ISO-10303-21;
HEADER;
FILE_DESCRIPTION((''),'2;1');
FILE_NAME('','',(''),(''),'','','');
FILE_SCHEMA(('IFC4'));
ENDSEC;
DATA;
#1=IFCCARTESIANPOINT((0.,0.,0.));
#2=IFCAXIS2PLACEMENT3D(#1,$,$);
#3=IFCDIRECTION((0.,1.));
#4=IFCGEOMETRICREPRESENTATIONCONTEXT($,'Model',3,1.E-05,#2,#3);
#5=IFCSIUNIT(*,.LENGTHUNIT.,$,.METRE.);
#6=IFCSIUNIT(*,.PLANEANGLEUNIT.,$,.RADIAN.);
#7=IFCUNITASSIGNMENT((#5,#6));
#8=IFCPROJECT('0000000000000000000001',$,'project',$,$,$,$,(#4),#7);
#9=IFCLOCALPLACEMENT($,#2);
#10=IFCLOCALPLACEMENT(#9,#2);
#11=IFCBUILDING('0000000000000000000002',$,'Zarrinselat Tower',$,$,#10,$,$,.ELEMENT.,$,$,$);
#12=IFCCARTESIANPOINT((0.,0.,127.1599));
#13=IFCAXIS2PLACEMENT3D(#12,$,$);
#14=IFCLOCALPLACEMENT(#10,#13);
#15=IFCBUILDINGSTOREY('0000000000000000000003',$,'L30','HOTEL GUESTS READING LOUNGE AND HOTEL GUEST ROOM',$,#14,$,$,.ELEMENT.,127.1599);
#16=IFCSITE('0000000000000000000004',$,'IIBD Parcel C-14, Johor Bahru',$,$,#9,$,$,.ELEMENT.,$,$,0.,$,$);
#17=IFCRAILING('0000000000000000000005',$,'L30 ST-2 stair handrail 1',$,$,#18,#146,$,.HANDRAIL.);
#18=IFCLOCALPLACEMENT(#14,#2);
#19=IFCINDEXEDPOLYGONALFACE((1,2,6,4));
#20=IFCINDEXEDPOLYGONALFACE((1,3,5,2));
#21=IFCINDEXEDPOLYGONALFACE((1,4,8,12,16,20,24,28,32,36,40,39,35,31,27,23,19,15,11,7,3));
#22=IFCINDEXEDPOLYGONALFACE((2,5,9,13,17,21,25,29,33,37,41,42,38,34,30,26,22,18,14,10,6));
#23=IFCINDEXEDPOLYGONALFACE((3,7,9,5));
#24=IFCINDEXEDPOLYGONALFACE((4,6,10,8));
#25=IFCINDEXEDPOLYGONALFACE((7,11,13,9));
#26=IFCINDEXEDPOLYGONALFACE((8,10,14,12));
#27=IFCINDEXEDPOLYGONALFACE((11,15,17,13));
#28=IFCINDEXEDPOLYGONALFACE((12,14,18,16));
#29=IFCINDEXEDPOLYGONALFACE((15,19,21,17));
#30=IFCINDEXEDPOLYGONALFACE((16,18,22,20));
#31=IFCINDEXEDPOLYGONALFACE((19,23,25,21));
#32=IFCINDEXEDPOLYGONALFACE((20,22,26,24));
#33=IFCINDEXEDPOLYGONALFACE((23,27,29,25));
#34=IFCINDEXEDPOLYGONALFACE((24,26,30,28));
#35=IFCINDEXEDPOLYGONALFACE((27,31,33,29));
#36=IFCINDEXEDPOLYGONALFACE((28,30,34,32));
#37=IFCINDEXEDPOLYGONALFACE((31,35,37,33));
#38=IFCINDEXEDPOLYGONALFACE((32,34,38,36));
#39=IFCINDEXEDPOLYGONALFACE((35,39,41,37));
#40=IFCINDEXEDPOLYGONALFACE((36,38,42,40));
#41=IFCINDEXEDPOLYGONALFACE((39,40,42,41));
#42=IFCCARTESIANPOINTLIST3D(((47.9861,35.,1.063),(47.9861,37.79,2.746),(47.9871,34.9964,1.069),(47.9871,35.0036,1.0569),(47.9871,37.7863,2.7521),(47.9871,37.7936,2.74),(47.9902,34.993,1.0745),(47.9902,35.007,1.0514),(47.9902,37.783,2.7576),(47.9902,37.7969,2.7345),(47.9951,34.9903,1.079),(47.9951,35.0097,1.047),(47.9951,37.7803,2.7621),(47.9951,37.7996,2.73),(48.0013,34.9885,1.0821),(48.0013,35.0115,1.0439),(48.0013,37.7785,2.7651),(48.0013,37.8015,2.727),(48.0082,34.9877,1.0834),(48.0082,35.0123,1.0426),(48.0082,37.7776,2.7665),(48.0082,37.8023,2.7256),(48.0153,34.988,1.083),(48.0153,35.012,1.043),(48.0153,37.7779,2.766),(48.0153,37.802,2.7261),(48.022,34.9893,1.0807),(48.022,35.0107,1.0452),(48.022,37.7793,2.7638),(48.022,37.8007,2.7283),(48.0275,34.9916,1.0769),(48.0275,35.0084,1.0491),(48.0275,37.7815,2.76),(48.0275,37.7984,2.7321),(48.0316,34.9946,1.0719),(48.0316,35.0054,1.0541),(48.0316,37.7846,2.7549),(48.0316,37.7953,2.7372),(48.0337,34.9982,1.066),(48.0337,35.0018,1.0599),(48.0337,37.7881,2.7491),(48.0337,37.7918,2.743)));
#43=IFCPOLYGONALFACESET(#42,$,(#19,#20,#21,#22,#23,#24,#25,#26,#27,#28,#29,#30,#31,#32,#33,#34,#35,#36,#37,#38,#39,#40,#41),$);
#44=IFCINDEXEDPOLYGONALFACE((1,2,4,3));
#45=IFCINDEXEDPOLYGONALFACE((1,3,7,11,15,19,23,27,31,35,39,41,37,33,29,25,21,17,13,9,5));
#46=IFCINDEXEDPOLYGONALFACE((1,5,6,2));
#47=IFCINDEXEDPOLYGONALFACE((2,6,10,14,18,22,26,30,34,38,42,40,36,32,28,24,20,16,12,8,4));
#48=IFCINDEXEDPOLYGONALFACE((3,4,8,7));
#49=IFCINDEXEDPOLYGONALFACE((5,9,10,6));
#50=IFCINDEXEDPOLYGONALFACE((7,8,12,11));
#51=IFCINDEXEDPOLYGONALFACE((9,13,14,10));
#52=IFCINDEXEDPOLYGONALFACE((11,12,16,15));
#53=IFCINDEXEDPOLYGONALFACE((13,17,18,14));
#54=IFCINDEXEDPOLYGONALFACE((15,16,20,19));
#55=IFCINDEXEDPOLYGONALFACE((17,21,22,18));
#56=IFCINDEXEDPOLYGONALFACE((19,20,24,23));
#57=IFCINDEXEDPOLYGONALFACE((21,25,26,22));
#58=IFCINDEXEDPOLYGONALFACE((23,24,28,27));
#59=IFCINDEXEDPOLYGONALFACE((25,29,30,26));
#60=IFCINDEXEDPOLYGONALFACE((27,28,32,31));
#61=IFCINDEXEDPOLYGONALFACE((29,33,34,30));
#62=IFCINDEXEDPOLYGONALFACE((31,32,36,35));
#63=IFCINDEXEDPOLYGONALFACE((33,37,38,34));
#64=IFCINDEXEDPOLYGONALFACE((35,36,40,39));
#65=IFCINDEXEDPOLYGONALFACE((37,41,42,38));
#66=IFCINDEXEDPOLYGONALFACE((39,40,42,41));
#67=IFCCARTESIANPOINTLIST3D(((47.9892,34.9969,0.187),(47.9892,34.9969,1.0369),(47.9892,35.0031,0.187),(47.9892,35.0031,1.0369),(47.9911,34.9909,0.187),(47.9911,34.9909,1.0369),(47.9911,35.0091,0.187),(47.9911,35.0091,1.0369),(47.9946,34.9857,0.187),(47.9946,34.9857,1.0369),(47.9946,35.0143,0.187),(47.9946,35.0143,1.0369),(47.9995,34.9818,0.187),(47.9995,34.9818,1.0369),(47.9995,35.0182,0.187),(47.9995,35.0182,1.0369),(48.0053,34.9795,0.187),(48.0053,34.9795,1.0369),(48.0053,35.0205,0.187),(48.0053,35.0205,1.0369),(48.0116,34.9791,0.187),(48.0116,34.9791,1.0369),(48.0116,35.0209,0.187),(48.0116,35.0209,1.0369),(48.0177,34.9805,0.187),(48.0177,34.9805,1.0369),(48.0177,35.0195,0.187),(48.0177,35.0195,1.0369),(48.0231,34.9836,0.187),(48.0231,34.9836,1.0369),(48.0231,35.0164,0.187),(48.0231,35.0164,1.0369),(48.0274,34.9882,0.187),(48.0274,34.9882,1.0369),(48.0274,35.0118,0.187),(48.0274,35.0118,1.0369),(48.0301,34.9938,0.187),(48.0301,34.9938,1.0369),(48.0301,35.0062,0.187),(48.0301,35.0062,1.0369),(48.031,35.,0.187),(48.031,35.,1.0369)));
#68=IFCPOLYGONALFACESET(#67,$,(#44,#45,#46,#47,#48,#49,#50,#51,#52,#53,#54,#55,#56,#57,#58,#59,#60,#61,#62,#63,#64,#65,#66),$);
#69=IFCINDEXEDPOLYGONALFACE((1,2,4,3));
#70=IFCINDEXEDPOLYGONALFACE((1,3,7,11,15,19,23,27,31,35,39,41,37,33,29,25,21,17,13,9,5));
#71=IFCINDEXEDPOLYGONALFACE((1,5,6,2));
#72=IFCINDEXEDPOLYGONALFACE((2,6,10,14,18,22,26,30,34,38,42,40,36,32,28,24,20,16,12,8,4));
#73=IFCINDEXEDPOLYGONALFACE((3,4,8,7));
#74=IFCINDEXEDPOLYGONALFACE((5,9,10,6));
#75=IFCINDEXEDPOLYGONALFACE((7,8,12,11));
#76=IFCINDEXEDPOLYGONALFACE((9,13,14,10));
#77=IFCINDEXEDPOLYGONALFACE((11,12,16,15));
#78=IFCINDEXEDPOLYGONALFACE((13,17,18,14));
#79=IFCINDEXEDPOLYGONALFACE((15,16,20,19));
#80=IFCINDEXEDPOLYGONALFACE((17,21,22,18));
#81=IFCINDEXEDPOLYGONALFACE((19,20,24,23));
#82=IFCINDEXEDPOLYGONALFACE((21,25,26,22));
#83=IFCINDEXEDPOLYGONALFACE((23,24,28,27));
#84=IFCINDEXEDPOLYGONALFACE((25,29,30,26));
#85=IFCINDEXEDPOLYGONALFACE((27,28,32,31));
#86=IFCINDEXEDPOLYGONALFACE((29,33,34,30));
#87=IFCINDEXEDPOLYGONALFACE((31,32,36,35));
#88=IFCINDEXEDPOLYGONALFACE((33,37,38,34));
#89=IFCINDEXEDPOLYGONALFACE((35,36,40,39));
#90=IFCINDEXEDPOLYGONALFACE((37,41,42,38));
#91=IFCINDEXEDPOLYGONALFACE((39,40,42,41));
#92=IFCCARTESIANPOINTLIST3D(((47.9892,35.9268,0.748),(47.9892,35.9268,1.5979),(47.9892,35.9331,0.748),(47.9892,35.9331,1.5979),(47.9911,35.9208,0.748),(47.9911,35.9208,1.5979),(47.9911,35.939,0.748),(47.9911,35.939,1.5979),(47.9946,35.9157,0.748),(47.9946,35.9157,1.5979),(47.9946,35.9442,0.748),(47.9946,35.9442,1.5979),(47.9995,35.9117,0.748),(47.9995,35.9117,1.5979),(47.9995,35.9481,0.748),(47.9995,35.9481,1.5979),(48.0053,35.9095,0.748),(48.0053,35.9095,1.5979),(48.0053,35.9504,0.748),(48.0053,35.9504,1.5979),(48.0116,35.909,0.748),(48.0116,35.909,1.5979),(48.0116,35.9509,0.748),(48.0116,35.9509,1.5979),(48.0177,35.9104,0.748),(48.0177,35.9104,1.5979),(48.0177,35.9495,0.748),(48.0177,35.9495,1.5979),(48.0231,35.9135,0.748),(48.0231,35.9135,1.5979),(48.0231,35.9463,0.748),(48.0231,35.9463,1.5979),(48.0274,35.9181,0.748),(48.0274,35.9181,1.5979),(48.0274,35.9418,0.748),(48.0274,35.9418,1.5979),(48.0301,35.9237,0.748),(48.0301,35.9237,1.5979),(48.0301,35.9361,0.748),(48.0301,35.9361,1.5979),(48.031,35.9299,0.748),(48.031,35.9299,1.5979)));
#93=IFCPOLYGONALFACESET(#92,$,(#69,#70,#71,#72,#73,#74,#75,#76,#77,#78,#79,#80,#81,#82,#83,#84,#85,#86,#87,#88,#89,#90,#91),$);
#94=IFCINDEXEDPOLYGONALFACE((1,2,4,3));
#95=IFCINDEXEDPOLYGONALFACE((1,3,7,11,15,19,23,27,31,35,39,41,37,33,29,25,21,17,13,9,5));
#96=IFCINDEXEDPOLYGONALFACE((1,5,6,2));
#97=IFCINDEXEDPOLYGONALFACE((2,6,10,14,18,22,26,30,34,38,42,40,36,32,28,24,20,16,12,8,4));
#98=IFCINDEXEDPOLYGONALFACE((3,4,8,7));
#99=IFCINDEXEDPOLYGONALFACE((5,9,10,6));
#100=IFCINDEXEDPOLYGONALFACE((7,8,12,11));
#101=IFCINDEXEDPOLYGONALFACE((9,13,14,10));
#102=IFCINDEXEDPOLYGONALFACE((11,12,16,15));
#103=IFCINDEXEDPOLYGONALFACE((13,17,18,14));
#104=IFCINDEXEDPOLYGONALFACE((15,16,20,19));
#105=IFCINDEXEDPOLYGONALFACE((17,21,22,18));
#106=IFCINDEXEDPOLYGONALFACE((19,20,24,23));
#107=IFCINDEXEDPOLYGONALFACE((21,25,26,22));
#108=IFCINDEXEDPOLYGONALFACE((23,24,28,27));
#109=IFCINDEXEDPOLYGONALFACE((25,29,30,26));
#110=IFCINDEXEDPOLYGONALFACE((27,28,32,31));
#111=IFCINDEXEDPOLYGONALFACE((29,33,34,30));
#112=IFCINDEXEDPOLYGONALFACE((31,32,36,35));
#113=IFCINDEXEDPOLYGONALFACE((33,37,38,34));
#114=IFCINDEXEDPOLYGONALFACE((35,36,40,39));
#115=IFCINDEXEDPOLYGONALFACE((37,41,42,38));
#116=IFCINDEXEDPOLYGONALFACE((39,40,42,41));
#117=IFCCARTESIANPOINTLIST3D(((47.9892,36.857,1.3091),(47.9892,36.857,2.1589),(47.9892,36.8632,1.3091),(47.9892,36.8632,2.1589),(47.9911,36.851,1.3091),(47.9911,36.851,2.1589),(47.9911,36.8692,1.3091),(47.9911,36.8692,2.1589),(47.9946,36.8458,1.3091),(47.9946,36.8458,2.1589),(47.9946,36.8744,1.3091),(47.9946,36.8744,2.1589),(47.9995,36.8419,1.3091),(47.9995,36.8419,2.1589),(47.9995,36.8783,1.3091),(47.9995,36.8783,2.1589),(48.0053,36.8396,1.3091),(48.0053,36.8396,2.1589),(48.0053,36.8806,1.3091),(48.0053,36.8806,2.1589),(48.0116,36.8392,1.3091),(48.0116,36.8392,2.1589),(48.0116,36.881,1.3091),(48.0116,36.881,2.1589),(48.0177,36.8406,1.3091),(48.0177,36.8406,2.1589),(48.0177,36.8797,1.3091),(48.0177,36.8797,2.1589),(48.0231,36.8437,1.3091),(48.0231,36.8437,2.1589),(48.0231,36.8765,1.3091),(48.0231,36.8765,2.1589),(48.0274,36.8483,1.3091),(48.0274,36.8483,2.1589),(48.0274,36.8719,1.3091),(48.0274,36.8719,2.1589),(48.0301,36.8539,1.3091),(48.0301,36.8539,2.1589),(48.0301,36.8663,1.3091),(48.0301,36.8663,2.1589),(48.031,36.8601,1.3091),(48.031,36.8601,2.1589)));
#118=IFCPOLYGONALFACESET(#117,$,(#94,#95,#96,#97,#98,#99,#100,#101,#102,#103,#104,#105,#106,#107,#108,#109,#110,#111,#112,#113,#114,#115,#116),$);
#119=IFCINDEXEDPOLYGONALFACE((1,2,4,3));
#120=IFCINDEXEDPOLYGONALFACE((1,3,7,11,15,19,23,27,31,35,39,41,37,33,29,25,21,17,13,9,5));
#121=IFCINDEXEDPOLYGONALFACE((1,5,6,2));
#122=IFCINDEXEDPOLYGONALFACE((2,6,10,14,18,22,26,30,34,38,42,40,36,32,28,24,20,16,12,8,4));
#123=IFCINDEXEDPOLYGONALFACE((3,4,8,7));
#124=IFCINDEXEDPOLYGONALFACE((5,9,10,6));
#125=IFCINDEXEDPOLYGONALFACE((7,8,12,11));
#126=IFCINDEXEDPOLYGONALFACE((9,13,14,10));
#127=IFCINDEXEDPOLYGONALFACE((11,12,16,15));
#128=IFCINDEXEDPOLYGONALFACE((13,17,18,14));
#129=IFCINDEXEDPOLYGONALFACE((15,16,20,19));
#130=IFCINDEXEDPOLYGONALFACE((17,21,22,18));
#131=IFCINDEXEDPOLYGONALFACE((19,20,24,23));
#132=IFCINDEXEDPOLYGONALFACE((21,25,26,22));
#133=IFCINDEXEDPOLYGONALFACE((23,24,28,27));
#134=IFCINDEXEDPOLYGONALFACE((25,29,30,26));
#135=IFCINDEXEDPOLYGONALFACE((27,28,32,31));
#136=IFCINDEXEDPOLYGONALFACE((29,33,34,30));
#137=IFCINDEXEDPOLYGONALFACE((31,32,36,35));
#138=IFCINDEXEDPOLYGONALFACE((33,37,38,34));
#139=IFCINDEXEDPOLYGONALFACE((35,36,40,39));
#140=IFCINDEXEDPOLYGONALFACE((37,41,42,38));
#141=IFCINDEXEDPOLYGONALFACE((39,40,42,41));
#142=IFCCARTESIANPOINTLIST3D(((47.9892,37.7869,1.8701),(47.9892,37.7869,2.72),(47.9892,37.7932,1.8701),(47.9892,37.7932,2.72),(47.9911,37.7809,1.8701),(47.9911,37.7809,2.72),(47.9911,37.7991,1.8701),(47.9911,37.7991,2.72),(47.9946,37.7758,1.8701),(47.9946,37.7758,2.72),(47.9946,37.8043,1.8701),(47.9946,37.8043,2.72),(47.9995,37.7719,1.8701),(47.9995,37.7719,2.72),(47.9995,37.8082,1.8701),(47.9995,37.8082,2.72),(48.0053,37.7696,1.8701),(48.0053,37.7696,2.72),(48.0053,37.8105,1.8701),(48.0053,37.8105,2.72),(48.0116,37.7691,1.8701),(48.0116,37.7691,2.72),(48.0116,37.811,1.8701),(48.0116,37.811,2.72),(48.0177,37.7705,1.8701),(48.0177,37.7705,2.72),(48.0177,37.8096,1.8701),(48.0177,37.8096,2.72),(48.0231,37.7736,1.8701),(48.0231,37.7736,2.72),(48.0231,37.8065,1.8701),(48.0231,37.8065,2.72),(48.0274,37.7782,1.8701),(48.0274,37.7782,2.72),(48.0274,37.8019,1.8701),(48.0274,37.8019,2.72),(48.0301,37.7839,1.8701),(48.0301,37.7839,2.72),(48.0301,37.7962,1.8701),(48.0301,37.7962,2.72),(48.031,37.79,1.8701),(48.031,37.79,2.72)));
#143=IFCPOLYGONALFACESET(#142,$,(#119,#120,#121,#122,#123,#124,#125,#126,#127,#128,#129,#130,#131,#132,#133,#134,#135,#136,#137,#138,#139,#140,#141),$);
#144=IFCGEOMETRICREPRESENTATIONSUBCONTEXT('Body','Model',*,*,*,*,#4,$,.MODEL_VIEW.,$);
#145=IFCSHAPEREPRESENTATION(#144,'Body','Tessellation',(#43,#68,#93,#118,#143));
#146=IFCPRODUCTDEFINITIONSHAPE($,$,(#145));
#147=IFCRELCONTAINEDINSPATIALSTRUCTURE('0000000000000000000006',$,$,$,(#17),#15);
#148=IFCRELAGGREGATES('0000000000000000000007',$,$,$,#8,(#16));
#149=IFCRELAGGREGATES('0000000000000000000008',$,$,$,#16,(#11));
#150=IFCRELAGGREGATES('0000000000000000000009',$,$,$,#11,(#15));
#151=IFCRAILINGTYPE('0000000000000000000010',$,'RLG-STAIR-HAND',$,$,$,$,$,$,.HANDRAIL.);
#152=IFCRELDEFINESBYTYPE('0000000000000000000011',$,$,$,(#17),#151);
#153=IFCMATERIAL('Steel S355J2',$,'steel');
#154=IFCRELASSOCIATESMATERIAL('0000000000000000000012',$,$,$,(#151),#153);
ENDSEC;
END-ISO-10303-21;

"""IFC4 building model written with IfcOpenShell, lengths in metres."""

from ifc_helpers import new_model, si_unit, direction, frame, origin, origin_2d, place, context, subcontext, project, spatial, circle, extrude, material, type_object, element, save


model = new_model("IFC4")

# Units and contexts
model_context = context("Model", 3, precision=1e-05, world=origin(), true_north=direction((0.0, 1.0)))
body_context = subcontext(model_context, "Body", "Model", "MODEL_VIEW")
ifc_project = project(units=[si_unit("LENGTHUNIT", "METRE"), si_unit("PLANEANGLEUNIT", "RADIAN")], contexts=[model_context])

# Site, building, storey
site_placement = place(None, origin())
site = spatial("IfcSite", under=ifc_project, at=site_placement, Name="IIBD Parcel C-14, Johor Bahru", CompositionType="ELEMENT", RefElevation=0.0)
building_placement = place(site_placement, origin())
building = spatial("IfcBuilding", under=site, at=building_placement, Name="Zarrinselat Tower", CompositionType="ELEMENT")
storey_placement = place(building_placement, frame((0.0, 0.0, 127.1599)))
storey = spatial("IfcBuildingStorey", under=building, at=storey_placement, Name="L30", Description="HOTEL GUESTS READING LOUNGE AND HOTEL GUEST ROOM", CompositionType="ELEMENT", Elevation=127.1599)

# Railing
ifc_material_1 = material(Name="Steel S355J2", Category="steel")
railing_type_1 = type_object("IfcRailingType", Name="RLG-STAIR-HAND", PredefinedType="HANDRAIL", material=ifc_material_1)
railing_1_placement = place(storey_placement, frame((48.01, 35.0, 0.187)))
element("IfcRailing", 1, at=railing_1_placement, inside=storey, type_object=railing_type_1, Name="L30 ST-2 stair handrail 1", PredefinedType="HANDRAIL", context=body_context, shape_type="SweptSolid", body=[
    extrude(circle(Radius=0.0239, at=origin_2d()), frame((0.0, 0.0, 0.876), z_axis=(0.0, 0.856261, 0.516544), x_axis=(-1.0, 0.0, 0.0)), (0.0, 0.0, 1.0), 3.2583),
    extrude(circle(Radius=0.021, at=origin_2d()), origin(), (0.0, 0.0, 1.0), 0.8499),
    extrude(circle(Radius=0.021, at=origin_2d()), frame((0.0, 0.9299, 0.561)), (0.0, 0.0, 1.0), 0.8499),
    extrude(circle(Radius=0.021, at=origin_2d()), frame((0.0, 1.8601, 1.1221)), (0.0, 0.0, 1.0), 0.8499),
    extrude(circle(Radius=0.021, at=origin_2d()), frame((0.0, 2.79, 1.6831)), (0.0, 0.0, 1.0), 0.8499),
])

save(model, "model.ifc")
